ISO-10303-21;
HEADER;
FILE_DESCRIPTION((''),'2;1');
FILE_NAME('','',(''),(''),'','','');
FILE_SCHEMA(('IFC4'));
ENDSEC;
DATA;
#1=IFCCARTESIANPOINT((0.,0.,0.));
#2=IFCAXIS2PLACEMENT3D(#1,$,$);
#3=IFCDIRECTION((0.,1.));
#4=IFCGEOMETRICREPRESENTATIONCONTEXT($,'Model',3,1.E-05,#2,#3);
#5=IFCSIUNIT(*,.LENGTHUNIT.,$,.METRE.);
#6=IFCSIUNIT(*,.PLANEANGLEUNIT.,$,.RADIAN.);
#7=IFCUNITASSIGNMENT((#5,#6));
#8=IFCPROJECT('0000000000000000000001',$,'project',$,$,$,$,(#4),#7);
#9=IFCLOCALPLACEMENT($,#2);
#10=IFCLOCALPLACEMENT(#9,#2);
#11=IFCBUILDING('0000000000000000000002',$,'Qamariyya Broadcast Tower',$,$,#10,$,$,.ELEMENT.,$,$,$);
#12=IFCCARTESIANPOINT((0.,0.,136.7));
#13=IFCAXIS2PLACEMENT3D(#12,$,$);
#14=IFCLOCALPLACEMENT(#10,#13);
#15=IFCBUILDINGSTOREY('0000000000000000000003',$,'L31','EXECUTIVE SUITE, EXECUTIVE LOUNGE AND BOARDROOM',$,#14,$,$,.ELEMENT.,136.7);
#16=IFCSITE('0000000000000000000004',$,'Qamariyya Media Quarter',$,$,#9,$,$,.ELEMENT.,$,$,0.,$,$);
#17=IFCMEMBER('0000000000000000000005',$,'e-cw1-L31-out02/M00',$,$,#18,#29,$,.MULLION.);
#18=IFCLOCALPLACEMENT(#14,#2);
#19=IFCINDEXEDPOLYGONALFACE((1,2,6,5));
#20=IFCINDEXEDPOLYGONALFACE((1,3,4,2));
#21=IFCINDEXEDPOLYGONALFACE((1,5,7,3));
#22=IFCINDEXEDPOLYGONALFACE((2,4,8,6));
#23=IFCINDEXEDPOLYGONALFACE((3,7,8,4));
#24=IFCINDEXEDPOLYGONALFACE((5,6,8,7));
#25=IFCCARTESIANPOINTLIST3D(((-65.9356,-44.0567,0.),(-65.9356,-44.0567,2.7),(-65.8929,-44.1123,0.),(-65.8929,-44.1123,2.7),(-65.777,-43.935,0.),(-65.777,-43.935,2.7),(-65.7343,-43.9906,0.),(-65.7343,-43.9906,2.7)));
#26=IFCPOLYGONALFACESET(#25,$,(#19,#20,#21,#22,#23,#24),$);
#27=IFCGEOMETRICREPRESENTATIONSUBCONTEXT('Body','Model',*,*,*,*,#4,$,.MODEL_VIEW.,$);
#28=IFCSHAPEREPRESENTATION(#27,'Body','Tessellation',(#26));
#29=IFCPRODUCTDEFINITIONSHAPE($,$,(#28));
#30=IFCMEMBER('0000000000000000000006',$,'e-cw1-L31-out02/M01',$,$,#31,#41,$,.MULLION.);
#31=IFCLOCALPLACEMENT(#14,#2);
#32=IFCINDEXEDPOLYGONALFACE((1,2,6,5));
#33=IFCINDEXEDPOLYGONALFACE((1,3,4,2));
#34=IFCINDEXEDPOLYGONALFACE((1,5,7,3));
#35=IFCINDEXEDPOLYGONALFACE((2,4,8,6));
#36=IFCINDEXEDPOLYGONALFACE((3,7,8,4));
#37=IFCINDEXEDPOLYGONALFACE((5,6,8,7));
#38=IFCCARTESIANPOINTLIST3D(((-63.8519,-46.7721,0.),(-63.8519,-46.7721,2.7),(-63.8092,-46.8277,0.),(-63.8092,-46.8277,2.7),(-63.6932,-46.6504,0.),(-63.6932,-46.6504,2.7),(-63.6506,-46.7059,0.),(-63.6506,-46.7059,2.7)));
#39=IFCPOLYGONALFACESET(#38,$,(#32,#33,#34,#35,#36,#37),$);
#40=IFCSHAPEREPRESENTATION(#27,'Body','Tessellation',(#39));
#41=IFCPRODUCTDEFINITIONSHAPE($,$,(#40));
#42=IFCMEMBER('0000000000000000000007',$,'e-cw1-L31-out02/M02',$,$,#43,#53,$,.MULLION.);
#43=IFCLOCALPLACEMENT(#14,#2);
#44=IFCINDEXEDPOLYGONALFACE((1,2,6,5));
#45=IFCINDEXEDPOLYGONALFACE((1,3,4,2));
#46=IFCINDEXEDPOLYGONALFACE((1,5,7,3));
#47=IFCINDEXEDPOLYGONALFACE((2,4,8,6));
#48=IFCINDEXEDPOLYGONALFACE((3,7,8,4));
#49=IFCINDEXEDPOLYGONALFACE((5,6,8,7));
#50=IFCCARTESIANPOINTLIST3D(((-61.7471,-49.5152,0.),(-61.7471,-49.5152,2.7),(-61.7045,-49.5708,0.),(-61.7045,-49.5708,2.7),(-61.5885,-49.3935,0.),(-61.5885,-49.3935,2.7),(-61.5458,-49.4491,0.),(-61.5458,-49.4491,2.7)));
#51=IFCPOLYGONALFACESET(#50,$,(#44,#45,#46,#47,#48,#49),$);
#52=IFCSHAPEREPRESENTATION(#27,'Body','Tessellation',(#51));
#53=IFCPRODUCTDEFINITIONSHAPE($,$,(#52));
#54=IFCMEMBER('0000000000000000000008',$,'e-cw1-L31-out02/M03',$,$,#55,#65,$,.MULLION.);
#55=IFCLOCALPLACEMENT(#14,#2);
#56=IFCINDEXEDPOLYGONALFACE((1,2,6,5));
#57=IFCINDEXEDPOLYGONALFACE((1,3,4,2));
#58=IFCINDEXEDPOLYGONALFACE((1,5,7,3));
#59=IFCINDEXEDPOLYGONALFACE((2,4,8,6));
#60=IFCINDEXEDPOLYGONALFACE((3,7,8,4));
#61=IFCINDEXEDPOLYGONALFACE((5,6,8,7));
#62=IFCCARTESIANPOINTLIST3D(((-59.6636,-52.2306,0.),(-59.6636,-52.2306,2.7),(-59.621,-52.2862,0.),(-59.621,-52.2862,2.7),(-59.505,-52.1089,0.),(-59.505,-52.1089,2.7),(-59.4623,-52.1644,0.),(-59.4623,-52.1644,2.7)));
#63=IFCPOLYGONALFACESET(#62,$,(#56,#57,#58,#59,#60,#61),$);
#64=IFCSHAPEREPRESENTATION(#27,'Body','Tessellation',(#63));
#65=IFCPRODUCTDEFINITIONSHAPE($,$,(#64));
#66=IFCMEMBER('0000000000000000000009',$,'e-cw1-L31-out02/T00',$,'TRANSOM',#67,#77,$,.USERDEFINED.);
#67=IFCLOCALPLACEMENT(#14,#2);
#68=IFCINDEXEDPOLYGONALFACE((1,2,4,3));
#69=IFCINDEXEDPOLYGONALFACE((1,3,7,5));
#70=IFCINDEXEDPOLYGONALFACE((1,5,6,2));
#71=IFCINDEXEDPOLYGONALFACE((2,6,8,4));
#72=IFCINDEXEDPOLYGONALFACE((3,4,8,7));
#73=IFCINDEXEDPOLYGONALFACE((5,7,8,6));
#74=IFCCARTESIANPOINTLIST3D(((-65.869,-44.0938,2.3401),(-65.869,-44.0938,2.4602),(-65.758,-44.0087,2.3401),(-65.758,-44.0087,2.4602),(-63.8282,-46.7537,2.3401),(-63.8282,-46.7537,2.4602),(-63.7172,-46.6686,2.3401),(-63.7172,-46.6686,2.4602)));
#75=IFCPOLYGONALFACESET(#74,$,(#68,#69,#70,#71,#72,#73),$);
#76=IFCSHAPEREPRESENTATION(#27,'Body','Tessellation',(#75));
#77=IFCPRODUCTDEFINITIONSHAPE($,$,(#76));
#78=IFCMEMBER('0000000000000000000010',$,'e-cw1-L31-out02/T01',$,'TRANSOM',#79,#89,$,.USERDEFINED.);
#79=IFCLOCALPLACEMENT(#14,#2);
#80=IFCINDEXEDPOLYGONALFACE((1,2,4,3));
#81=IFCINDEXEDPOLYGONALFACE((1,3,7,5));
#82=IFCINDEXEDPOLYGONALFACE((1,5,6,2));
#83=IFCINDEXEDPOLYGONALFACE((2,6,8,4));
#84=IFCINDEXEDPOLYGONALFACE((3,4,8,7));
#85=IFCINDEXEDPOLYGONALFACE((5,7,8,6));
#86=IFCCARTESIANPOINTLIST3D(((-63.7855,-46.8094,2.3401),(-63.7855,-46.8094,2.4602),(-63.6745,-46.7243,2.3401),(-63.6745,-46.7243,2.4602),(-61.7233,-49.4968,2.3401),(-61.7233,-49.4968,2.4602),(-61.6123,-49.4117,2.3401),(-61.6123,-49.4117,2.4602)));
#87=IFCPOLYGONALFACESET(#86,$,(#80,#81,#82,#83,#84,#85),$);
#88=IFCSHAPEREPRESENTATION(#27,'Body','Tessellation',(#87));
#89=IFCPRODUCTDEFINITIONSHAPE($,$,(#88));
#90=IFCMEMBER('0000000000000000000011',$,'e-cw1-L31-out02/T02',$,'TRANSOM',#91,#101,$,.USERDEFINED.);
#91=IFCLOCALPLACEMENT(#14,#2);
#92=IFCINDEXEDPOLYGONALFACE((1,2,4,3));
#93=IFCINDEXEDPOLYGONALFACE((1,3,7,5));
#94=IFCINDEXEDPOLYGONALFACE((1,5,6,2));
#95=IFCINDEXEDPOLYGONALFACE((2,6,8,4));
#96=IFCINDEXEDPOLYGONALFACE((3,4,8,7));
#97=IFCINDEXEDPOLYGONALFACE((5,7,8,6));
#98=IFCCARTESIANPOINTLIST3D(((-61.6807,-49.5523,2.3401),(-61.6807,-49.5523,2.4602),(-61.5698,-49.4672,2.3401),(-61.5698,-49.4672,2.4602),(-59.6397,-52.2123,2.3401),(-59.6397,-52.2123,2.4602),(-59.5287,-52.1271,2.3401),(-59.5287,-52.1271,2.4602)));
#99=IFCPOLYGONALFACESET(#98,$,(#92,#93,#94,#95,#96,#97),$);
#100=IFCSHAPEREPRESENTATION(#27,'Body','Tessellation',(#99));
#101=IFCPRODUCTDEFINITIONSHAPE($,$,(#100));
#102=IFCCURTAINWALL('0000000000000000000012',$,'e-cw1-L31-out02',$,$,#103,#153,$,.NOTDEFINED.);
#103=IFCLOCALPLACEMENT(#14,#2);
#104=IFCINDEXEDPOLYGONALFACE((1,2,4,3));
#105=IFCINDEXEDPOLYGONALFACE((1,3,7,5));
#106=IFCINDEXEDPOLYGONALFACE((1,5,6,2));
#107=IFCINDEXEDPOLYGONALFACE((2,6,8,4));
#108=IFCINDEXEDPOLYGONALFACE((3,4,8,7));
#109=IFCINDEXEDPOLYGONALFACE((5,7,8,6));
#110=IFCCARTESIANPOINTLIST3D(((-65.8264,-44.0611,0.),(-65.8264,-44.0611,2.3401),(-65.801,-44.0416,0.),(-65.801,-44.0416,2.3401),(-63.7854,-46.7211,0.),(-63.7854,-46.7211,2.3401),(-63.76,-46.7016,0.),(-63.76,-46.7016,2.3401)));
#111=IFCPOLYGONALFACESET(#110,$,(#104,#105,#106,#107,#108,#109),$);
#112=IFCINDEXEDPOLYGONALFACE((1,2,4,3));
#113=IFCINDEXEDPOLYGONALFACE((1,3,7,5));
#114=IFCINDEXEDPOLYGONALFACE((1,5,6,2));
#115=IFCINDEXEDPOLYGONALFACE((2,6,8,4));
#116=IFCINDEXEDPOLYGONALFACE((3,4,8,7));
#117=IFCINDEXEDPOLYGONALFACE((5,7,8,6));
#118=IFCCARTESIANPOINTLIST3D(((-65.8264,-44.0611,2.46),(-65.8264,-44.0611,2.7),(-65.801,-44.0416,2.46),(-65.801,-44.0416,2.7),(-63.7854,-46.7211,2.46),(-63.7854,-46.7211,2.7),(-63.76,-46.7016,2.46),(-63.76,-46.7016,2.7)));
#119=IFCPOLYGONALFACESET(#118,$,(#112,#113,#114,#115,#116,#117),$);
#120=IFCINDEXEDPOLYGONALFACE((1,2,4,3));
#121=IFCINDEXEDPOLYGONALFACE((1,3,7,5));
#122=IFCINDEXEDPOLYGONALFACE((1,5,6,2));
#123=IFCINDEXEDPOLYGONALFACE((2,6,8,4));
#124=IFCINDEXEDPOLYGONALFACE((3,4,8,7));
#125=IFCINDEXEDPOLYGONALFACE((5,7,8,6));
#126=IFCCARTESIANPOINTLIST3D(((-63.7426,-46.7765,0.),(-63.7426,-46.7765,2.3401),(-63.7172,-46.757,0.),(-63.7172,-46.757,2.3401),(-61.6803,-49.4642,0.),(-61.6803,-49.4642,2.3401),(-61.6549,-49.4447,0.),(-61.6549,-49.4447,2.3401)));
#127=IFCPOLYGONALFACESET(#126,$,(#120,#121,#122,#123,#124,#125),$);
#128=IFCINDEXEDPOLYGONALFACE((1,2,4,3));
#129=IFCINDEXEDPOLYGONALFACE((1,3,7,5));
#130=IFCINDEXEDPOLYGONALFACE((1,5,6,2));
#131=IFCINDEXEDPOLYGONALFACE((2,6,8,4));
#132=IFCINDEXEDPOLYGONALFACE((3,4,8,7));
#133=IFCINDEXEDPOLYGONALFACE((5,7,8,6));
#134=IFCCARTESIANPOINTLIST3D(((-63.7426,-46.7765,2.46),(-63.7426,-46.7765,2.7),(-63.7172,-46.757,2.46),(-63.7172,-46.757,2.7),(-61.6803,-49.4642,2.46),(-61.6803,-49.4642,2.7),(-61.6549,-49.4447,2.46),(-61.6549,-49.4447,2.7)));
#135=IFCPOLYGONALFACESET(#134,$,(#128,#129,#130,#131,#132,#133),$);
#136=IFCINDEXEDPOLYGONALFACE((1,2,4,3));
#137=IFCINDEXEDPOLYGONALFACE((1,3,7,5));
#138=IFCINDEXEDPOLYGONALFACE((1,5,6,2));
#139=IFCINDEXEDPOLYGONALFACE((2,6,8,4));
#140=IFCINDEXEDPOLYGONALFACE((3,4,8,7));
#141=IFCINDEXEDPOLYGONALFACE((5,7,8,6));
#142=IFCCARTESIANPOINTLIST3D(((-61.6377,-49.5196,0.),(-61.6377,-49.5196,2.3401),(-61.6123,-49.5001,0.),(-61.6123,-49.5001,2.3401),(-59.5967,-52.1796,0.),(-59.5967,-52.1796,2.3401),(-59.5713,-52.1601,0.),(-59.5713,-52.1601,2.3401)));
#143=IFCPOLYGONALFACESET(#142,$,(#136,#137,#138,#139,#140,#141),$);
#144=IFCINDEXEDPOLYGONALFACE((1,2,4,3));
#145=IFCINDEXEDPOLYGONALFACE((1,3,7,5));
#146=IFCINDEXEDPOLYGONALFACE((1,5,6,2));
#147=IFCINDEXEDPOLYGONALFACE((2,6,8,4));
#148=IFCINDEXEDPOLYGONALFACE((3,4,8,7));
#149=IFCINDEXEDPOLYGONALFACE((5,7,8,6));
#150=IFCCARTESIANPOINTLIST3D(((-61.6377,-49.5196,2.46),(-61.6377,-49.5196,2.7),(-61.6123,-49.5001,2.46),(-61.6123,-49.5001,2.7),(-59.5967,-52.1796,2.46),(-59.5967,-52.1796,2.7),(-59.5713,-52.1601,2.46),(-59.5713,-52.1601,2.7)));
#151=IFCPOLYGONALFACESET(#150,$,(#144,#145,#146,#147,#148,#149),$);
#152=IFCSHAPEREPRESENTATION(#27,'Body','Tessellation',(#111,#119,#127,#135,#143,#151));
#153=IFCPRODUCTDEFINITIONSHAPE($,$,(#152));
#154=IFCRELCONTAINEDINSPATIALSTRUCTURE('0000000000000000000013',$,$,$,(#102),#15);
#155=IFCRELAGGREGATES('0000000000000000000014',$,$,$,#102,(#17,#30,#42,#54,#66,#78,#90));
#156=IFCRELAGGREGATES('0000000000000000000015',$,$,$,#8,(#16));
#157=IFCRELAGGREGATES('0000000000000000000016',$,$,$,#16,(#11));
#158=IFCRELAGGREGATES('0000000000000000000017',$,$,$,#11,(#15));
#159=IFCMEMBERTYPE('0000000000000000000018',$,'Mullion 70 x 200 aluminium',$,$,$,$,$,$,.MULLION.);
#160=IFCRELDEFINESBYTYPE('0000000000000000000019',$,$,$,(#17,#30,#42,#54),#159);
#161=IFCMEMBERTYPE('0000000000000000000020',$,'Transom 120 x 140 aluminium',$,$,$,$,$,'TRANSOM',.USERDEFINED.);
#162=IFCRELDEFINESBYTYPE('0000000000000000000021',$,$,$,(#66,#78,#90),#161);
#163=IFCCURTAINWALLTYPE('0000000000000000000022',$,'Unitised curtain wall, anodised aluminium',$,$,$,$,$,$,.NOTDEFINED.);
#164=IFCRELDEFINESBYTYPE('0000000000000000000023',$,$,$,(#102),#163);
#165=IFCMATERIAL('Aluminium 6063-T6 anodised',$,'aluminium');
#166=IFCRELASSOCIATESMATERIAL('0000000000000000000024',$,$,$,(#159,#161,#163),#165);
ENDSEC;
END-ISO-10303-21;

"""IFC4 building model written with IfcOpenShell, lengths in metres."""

from ifc_helpers import new_model, si_unit, direction, frame, origin, origin_2d, place, context, subcontext, project, spatial, rectangle, extrude, material, material_profile, profile_set, type_object, element, aggregate, save


model = new_model("IFC4")

# Units and contexts
model_context = context("Model", 3, precision=1e-05, world=origin(), true_north=direction((0.0, 1.0)))
body_context = subcontext(model_context, "Body", "Model", "MODEL_VIEW")
ifc_project = project(units=[si_unit("LENGTHUNIT", "METRE"), si_unit("PLANEANGLEUNIT", "RADIAN")], contexts=[model_context])

# Members
ifc_material = material(Name="Aluminium 6063-T6 anodised", Category="aluminium")
ifc_material_profile_1 = material_profile(ifc_material, rectangle(XDim=0.2, YDim=0.0701, at=origin_2d()))
ifc_profile_set_1 = profile_set([ifc_material_profile_1], Name="Aluminium 6063-T6 anodised")
member_type_1 = type_object("IfcMemberType", Name="Mullion 70 x 200 aluminium", PredefinedType="MULLION", material=ifc_profile_set_1)
site_placement = place(None, origin())
building_placement = place(site_placement, origin())
storey_placement = place(building_placement, frame((0.0, 0.0, 136.7)))
member_1_placement = place(storey_placement, frame((-65.835, -44.0237, 0.0), z_axis=(0.0, 0.0, 1.0), x_axis=(0.793353, 0.608761, 0.0)))
member_1 = element("IfcMember", 1, at=member_1_placement, type_object=member_type_1, Name="e-cw1-L31-out02/M00", PredefinedType="MULLION", context=body_context, shape_type="SweptSolid", body=[
    extrude(rectangle(XDim=0.2, YDim=0.0701, at=origin_2d()), origin(), (0.0, 0.0, 1.0), 2.7),
])
member_2_placement = place(storey_placement, frame((-63.7512, -46.739, 0.0), z_axis=(0.0, 0.0, 1.0), x_axis=(0.793353, 0.608761, 0.0)))
member_2 = element("IfcMember", 2, at=member_2_placement, type_object=member_type_1, Name="e-cw1-L31-out02/M01", PredefinedType="MULLION", context=body_context, shape_type="SweptSolid", body=[
    extrude(rectangle(XDim=0.2, YDim=0.0701, at=origin_2d()), origin(), (0.0, 0.0, 1.0), 2.7),
])
member_3_placement = place(storey_placement, frame((-61.6465, -49.4822, 0.0), z_axis=(0.0, 0.0, 1.0), x_axis=(0.793353, 0.608761, 0.0)))
member_3 = element("IfcMember", 3, at=member_3_placement, type_object=member_type_1, Name="e-cw1-L31-out02/M02", PredefinedType="MULLION", context=body_context, shape_type="SweptSolid", body=[
    extrude(rectangle(XDim=0.2, YDim=0.0701, at=origin_2d()), origin(), (0.0, 0.0, 1.0), 2.7),
])
member_4_placement = place(storey_placement, frame((-59.563, -52.1975, 0.0), z_axis=(0.0, 0.0, 1.0), x_axis=(0.793353, 0.608761, 0.0)))
member_4 = element("IfcMember", 4, at=member_4_placement, type_object=member_type_1, Name="e-cw1-L31-out02/M03", PredefinedType="MULLION", context=body_context, shape_type="SweptSolid", body=[
    extrude(rectangle(XDim=0.2, YDim=0.0701, at=origin_2d()), origin(), (0.0, 0.0, 1.0), 2.7),
])
ifc_material_profile_2 = material_profile(ifc_material, rectangle(XDim=0.1399, YDim=0.1201, at=origin_2d()))
ifc_profile_set_2 = profile_set([ifc_material_profile_2], Name="Aluminium 6063-T6 anodised")
member_type_2 = type_object("IfcMemberType", Name="Transom 120 x 140 aluminium", ElementType="TRANSOM", PredefinedType="USERDEFINED", material=ifc_profile_set_2)
member_5_placement = place(storey_placement, frame((-65.8135, -44.0513, 2.4001), z_axis=(0.608714, -0.793389, 0.0), x_axis=(0.793389, 0.608714, 0.0)))
member_5 = element("IfcMember", 5, at=member_5_placement, type_object=member_type_2, Name="e-cw1-L31-out02/T00", ObjectType="TRANSOM", PredefinedType="USERDEFINED", context=body_context, shape_type="SweptSolid", body=[
    extrude(rectangle(XDim=0.1399, YDim=0.1201, at=origin_2d()), origin(), (0.0, 0.0, 1.0), 3.3525),
])
member_6_placement = place(storey_placement, frame((-63.73, -46.7668, 2.4001), z_axis=(0.608773, -0.793344, 0.0), x_axis=(0.793344, 0.608773, 0.0)))
member_6 = element("IfcMember", 6, at=member_6_placement, type_object=member_type_2, Name="e-cw1-L31-out02/T01", ObjectType="TRANSOM", PredefinedType="USERDEFINED", context=body_context, shape_type="SweptSolid", body=[
    extrude(rectangle(XDim=0.1399, YDim=0.1201, at=origin_2d()), origin(), (0.0, 0.0, 1.0), 3.3875),
])
member_7_placement = place(storey_placement, frame((-61.6252, -49.5098, 2.4001), z_axis=(0.60876, -0.793354, 0.0), x_axis=(0.793354, 0.60876, 0.0)))
member_7 = element("IfcMember", 7, at=member_7_placement, type_object=member_type_2, Name="e-cw1-L31-out02/T02", ObjectType="TRANSOM", PredefinedType="USERDEFINED", context=body_context, shape_type="SweptSolid", body=[
    extrude(rectangle(XDim=0.1399, YDim=0.1201, at=origin_2d()), origin(), (0.0, 0.0, 1.0), 3.3528),
])

# Site, building, storey
site = spatial("IfcSite", under=ifc_project, at=site_placement, Name="Qamariyya Media Quarter", CompositionType="ELEMENT", RefElevation=0.0)
building = spatial("IfcBuilding", under=site, at=building_placement, Name="Qamariyya Broadcast Tower", CompositionType="ELEMENT")
storey = spatial("IfcBuildingStorey", under=building, at=storey_placement, Name="L31", Description="EXECUTIVE SUITE, EXECUTIVE LOUNGE AND BOARDROOM", CompositionType="ELEMENT", Elevation=136.7)

# Curtain wall
curtain_wall_type = type_object("IfcCurtainWallType", Name="Unitised curtain wall, anodised aluminium", PredefinedType="NOTDEFINED", material=ifc_material)
curtain_wall_1_placement = place(storey_placement, origin())
curtain_wall_1 = element("IfcCurtainWall", 8, at=curtain_wall_1_placement, inside=storey, type_object=curtain_wall_type, Name="e-cw1-L31-out02", PredefinedType="NOTDEFINED", context=body_context, shape_type="SweptSolid", body=[
    extrude(rectangle(XDim=3.3528, YDim=0.032, at=origin_2d()), frame((-64.7932, -45.3813, 0.0), x_axis=(0.608761, -0.793354, 0.0)), (0.0, 0.0, 1.0), 2.3401),
    extrude(rectangle(XDim=3.3528, YDim=0.032, at=origin_2d()), frame((-64.7932, -45.3813, 2.46), x_axis=(0.608761, -0.793354, 0.0)), (0.0, 0.0, 1.0), 0.24),
    extrude(rectangle(XDim=3.3877, YDim=0.032, at=origin_2d()), frame((-62.6987, -48.1106, 0.0), x_axis=(0.608761, -0.793354, 0.0)), (0.0, 0.0, 1.0), 2.3401),
    extrude(rectangle(XDim=3.3877, YDim=0.032, at=origin_2d()), frame((-62.6987, -48.1106, 2.46), x_axis=(0.608761, -0.793354, 0.0)), (0.0, 0.0, 1.0), 0.24),
    extrude(rectangle(XDim=3.3528, YDim=0.032, at=origin_2d()), frame((-60.6045, -50.8398, 0.0), x_axis=(0.608761, -0.793354, 0.0)), (0.0, 0.0, 1.0), 2.3401),
    extrude(rectangle(XDim=3.3528, YDim=0.032, at=origin_2d()), frame((-60.6045, -50.8398, 2.46), x_axis=(0.608761, -0.793354, 0.0)), (0.0, 0.0, 1.0), 0.24),
])
aggregate(curtain_wall_1, [member_1, member_2, member_3, member_4, member_5, member_6, member_7])

save(model, "model.ifc")
